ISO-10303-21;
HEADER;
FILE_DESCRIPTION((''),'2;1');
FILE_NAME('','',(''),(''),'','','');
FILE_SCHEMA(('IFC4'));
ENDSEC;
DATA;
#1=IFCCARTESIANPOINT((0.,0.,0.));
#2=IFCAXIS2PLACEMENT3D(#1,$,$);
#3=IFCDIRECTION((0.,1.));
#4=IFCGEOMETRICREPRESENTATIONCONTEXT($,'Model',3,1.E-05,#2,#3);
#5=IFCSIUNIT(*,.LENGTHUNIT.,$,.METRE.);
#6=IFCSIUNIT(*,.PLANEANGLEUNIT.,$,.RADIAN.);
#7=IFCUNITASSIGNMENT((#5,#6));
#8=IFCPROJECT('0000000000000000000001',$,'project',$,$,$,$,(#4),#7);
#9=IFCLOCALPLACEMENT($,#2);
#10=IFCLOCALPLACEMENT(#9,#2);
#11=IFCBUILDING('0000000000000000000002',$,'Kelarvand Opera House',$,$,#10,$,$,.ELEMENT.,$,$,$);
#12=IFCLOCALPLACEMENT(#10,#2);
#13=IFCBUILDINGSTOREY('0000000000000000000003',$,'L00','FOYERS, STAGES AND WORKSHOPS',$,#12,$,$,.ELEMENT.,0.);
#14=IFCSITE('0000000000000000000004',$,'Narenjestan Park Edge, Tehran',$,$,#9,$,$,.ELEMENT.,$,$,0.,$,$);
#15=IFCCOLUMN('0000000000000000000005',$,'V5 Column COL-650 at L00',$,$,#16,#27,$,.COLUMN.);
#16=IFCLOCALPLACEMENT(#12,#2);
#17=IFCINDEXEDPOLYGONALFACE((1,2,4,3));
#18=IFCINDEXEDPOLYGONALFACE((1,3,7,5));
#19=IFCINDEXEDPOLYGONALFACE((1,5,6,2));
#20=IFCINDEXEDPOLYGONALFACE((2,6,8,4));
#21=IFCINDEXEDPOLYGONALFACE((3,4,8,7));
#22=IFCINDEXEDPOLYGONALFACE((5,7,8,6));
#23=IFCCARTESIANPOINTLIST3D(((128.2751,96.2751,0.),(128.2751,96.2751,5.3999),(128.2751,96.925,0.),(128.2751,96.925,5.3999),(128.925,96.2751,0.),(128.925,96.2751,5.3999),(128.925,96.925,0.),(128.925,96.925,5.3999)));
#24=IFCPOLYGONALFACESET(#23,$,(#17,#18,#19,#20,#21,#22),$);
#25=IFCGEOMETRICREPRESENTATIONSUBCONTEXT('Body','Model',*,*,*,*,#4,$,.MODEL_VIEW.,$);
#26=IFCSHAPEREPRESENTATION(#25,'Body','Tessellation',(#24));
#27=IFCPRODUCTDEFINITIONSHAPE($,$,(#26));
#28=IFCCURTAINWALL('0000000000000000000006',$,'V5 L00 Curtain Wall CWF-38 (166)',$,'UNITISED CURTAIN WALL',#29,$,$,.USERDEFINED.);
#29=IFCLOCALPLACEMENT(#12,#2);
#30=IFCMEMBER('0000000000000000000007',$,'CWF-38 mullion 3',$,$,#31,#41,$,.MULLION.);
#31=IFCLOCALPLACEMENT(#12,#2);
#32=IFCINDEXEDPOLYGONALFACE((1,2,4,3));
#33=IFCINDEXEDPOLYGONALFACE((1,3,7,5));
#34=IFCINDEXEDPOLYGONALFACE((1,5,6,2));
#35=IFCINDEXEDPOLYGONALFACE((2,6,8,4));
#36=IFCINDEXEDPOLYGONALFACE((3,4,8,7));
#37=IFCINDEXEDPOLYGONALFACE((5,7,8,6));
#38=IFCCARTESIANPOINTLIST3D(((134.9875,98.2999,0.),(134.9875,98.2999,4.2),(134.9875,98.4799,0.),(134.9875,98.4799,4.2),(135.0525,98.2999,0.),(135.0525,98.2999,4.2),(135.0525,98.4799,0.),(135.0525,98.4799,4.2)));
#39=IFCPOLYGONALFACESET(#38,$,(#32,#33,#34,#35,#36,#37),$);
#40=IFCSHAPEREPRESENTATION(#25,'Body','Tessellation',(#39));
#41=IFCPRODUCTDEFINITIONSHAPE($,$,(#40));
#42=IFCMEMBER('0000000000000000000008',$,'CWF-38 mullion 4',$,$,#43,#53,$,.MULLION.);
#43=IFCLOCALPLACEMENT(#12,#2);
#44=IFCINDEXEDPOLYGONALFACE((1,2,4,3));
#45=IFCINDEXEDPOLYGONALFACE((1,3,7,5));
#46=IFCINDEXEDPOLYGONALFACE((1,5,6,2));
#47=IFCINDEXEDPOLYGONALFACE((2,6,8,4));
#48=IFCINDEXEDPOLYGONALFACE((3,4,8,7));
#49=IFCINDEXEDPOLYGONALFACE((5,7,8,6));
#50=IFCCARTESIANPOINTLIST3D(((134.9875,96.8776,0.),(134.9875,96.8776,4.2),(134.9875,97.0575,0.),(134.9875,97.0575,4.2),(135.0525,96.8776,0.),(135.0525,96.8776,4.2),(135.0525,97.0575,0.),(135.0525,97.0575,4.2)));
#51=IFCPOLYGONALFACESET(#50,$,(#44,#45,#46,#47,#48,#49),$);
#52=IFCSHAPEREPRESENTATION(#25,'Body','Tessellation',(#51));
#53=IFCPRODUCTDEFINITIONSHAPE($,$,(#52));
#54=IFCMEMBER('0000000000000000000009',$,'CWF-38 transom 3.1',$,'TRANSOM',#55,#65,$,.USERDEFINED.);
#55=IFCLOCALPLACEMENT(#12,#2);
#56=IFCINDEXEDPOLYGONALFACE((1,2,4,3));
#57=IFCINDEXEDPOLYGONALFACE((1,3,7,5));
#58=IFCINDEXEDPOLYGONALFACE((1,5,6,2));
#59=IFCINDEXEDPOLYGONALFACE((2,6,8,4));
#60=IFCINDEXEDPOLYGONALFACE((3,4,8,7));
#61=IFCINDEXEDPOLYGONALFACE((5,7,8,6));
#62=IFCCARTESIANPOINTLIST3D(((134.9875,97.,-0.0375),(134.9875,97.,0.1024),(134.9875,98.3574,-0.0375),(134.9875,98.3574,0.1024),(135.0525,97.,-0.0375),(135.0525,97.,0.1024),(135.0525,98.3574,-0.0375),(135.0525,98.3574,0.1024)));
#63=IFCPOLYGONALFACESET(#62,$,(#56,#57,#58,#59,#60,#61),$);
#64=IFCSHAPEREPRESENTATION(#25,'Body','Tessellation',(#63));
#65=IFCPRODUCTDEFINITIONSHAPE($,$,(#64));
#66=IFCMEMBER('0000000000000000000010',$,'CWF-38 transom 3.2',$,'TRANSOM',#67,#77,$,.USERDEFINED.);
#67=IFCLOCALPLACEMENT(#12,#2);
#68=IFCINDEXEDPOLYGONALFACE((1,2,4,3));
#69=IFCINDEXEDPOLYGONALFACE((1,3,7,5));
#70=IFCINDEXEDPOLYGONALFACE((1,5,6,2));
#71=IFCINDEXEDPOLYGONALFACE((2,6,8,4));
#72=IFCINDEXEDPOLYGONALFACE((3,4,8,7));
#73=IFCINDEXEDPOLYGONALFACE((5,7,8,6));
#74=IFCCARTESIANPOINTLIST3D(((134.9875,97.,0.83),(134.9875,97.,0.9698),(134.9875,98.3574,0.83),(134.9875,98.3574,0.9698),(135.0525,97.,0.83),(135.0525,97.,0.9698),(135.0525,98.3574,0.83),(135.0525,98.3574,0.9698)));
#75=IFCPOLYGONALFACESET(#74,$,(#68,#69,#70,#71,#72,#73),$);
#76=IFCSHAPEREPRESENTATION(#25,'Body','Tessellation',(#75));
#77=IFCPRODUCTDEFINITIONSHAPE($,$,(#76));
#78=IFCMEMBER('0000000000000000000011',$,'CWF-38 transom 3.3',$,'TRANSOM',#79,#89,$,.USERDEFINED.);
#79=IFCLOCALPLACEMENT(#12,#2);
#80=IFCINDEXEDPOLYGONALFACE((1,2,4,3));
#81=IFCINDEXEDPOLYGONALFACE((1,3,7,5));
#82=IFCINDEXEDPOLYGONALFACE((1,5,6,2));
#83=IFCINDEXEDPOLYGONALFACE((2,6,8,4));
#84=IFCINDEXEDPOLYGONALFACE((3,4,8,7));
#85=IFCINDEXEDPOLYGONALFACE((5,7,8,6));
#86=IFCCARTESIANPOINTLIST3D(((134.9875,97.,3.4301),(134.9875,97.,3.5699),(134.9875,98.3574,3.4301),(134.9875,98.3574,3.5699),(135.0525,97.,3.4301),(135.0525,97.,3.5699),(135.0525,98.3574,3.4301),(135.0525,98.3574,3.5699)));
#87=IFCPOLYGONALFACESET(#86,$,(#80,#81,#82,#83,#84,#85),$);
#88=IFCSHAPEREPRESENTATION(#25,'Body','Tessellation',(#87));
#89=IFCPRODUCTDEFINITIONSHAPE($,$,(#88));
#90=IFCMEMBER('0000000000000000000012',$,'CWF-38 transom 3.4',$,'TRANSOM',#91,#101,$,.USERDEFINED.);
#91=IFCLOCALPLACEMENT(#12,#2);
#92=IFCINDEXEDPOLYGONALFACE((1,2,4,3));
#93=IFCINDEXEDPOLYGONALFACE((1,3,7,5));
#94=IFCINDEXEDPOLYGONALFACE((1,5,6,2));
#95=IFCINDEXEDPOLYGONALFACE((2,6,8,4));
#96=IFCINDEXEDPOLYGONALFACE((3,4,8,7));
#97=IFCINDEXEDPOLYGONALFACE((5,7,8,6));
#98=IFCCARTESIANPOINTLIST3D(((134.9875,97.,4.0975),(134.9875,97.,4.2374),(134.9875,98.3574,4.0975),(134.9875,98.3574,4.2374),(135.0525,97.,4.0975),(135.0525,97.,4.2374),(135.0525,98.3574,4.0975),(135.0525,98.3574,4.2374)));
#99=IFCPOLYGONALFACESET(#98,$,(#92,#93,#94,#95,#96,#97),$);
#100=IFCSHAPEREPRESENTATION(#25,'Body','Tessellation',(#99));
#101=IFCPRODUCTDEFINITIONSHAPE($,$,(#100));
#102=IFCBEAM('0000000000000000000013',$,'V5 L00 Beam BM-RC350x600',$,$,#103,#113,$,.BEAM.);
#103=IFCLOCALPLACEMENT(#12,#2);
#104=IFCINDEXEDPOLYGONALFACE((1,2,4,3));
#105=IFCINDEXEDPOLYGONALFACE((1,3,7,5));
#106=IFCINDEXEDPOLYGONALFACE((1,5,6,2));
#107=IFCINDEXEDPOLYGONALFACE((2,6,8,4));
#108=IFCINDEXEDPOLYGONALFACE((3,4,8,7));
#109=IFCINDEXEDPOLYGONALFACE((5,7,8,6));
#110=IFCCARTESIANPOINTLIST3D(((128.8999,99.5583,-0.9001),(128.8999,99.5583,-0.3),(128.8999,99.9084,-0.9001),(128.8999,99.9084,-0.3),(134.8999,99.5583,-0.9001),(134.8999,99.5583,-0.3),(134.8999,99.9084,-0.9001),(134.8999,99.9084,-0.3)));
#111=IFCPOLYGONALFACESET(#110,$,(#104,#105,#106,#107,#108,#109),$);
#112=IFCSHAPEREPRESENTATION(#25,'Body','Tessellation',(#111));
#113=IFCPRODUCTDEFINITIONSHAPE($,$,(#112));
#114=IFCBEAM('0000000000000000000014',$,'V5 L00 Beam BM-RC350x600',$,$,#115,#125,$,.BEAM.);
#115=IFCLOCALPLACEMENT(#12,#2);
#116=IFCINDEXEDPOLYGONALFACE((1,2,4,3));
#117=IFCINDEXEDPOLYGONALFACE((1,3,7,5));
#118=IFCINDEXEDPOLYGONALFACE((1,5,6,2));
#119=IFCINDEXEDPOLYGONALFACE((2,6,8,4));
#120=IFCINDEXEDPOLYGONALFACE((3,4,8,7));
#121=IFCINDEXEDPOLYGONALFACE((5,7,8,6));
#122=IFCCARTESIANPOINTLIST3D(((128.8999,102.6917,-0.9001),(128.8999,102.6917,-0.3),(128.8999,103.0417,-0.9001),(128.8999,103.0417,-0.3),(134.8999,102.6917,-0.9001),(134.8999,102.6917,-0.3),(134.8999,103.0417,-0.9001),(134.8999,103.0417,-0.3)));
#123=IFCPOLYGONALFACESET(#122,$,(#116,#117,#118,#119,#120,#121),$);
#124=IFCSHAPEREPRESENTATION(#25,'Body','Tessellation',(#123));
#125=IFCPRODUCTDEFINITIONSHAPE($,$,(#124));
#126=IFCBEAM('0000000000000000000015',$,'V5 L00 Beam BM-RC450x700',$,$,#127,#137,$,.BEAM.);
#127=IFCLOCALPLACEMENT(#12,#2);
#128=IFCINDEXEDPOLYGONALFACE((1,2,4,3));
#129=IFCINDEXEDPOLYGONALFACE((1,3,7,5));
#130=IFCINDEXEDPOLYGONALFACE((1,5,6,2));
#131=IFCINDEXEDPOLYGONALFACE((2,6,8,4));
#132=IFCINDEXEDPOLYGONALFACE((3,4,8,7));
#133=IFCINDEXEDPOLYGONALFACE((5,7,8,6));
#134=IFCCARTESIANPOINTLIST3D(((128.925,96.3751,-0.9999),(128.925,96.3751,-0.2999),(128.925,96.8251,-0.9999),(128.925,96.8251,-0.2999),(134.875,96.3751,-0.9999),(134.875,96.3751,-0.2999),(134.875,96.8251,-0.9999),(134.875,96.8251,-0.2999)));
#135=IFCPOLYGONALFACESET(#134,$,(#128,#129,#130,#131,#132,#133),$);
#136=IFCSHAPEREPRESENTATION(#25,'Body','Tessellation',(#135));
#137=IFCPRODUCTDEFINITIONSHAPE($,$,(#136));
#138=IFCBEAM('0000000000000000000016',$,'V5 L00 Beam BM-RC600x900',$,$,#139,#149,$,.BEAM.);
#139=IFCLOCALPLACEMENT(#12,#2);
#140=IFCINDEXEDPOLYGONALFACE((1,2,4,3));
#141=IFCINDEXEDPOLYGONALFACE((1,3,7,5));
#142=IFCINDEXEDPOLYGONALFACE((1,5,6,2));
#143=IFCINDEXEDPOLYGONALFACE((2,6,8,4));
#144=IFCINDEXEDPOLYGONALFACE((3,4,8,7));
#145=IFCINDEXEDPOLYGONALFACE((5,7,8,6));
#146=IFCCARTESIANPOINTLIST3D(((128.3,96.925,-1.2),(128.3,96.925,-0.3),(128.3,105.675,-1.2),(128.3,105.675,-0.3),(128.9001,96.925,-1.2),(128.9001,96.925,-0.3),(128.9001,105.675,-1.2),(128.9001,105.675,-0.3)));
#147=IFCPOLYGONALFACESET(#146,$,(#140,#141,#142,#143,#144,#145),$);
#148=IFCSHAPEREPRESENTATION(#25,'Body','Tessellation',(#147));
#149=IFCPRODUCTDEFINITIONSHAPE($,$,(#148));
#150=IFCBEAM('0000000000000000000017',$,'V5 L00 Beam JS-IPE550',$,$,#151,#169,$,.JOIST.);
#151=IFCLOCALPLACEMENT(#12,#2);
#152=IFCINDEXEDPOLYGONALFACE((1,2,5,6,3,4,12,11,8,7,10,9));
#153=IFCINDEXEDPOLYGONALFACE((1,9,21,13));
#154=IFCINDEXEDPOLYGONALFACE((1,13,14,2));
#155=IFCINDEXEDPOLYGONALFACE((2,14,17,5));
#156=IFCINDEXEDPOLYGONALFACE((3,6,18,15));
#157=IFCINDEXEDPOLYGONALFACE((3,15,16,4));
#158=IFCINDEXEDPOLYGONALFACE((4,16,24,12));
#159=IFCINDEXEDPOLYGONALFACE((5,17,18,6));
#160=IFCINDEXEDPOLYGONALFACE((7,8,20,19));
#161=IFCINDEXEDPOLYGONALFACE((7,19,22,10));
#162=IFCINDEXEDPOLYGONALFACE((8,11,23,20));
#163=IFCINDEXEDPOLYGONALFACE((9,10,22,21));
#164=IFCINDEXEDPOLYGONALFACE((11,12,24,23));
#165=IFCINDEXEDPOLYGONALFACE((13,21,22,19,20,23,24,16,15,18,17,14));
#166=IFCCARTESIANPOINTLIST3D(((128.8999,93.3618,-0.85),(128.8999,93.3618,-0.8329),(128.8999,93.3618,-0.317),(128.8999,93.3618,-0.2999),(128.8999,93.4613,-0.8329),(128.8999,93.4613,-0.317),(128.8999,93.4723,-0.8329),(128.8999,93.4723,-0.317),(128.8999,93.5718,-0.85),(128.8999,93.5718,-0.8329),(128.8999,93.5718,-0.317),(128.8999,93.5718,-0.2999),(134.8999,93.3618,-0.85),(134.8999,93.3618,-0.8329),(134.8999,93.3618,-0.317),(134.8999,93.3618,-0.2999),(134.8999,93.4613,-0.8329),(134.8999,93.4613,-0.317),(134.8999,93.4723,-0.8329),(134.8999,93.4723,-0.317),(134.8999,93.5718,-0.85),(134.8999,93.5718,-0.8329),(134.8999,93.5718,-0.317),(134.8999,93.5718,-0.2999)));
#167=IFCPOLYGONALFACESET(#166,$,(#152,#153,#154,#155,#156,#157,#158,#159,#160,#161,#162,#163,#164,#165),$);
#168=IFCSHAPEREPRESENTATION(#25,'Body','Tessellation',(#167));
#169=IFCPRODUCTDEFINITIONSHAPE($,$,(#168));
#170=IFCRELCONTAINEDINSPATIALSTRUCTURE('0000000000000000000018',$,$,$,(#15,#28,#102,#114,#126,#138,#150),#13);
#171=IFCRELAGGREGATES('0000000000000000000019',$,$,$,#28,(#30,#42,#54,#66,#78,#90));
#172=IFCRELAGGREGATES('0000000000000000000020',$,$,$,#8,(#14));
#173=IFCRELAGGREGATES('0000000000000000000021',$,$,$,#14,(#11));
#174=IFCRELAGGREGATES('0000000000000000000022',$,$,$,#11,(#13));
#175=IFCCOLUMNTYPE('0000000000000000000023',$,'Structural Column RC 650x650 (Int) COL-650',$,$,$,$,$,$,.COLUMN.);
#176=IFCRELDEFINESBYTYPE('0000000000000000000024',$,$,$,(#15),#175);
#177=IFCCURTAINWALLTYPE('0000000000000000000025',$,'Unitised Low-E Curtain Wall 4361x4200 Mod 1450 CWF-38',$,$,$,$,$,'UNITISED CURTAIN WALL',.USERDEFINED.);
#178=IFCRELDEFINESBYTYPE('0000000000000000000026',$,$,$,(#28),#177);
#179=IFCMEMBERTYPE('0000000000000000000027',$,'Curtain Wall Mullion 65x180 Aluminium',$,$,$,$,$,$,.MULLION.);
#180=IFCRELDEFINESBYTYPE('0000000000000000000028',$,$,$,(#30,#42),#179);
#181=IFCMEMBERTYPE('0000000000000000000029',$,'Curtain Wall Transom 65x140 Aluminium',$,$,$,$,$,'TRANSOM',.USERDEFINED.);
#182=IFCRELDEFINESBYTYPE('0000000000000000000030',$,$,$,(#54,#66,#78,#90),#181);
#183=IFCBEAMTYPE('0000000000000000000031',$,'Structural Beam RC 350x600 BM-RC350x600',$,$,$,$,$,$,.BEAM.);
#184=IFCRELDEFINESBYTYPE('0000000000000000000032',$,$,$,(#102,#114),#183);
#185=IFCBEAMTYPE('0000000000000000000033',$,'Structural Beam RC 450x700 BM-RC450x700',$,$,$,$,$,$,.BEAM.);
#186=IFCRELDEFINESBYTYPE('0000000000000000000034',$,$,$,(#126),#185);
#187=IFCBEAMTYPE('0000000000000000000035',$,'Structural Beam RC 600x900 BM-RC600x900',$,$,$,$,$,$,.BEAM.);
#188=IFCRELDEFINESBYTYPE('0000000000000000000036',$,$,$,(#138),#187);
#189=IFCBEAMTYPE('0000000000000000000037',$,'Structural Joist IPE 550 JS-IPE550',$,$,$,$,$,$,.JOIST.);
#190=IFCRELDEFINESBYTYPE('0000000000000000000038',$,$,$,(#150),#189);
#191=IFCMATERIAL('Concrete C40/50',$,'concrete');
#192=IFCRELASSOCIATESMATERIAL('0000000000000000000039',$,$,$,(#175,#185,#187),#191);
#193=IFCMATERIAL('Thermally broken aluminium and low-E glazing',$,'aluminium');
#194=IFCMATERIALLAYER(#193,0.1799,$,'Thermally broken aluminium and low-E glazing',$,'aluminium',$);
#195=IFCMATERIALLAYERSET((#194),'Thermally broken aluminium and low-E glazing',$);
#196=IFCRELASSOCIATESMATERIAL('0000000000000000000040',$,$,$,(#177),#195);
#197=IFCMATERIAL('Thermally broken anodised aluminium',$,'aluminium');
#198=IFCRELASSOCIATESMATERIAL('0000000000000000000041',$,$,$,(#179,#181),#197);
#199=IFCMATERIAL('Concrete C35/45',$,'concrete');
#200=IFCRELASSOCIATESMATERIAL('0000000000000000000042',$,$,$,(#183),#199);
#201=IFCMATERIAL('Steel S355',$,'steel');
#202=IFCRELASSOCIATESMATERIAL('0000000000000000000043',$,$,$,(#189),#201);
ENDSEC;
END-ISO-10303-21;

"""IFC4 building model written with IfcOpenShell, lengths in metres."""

from ifc_helpers import new_model, si_unit, direction, frame, origin, origin_2d, place, context, subcontext, project, spatial, rectangle, i_section, extrude, material, layer, layer_set, material_profile, profile_set, type_object, element, aggregate, save


model = new_model("IFC4")

# Units and contexts
model_context = context("Model", 3, precision=1e-05, world=origin(), true_north=direction((0.0, 1.0)))
body_context = subcontext(model_context, "Body", "Model", "MODEL_VIEW")
ifc_project = project(units=[si_unit("LENGTHUNIT", "METRE"), si_unit("PLANEANGLEUNIT", "RADIAN")], contexts=[model_context])

# Site, building, storey
site_placement = place(None, origin())
site = spatial("IfcSite", under=ifc_project, at=site_placement, Name="Narenjestan Park Edge, Tehran", CompositionType="ELEMENT", RefElevation=0.0)
building_placement = place(site_placement, origin())
building = spatial("IfcBuilding", under=site, at=building_placement, Name="Kelarvand Opera House", CompositionType="ELEMENT")
storey_placement = place(building_placement, origin())
storey = spatial("IfcBuildingStorey", under=building, at=storey_placement, Name="L00", Description="FOYERS, STAGES AND WORKSHOPS", CompositionType="ELEMENT", Elevation=0.0)

# Column
ifc_material_1 = material(Name="Concrete C40/50", Category="concrete")
ifc_material_profile_1 = material_profile(ifc_material_1, rectangle(XDim=0.6499, YDim=0.6499, at=origin_2d()), Name="RC 650x650", Category="concrete")
ifc_profile_set_1 = profile_set([ifc_material_profile_1], Name="Concrete C40/50")
column_type = type_object("IfcColumnType", Name="Structural Column RC 650x650 (Int) COL-650", PredefinedType="COLUMN", material=ifc_profile_set_1)
column_placement = place(storey_placement, frame((128.6001, 96.6001, 0.0), z_axis=(0.0, 0.0, 1.0), x_axis=(1.0, 0.0, 0.0)))
element("IfcColumn", 1, at=column_placement, inside=storey, type_object=column_type, Name="V5 Column COL-650 at L00", PredefinedType="COLUMN", context=body_context, shape_type="SweptSolid", body=[
    extrude(rectangle(XDim=0.6499, YDim=0.6499, at=origin_2d()), origin(), (0.0, 0.0, 1.0), 5.3999),
])

# Curtain wall, members
ifc_material_2 = material(Name="Thermally broken aluminium and low-E glazing", Category="aluminium")
ifc_layer_1 = layer(ifc_material_2, 0.1799, Name="Thermally broken aluminium and low-E glazing", Category="aluminium")
ifc_layer_set_1 = layer_set([ifc_layer_1], Name="Thermally broken aluminium and low-E glazing")
curtain_wall_type = type_object("IfcCurtainWallType", Name="Unitised Low-E Curtain Wall 4361x4200 Mod 1450 CWF-38", ElementType="UNITISED CURTAIN WALL", PredefinedType="USERDEFINED", material=ifc_layer_set_1)
curtain_wall_placement = place(storey_placement, origin())
curtain_wall = element("IfcCurtainWall", 2, at=curtain_wall_placement, inside=storey, type_object=curtain_wall_type, Name="V5 L00 Curtain Wall CWF-38 (166)", ObjectType="UNITISED CURTAIN WALL", PredefinedType="USERDEFINED")
ifc_material_3 = material(Name="Thermally broken anodised aluminium", Category="aluminium")
ifc_material_profile_2 = material_profile(ifc_material_3, rectangle(XDim=0.0649, YDim=0.1799, at=origin_2d()), Name="ALU MULLION 65x180", Category="aluminium")
ifc_profile_set_2 = profile_set([ifc_material_profile_2], Name="Thermally broken anodised aluminium")
member_type_1 = type_object("IfcMemberType", Name="Curtain Wall Mullion 65x180 Aluminium", PredefinedType="MULLION", material=ifc_profile_set_2)
member_1_placement = place(storey_placement, frame((135.02, 98.3899, 0.0), z_axis=(0.0, 0.0, 1.0), x_axis=(1.0, 0.0, 0.0)))
member_1 = element("IfcMember", 3, at=member_1_placement, type_object=member_type_1, Name="CWF-38 mullion 3", PredefinedType="MULLION", context=body_context, shape_type="SweptSolid", body=[
    extrude(rectangle(XDim=0.0649, YDim=0.1799, at=origin_2d()), origin(), (0.0, 0.0, 1.0), 4.2),
])
member_2_placement = place(storey_placement, frame((135.02, 96.9675, 0.0), z_axis=(0.0, 0.0, 1.0), x_axis=(1.0, 0.0, 0.0)))
member_2 = element("IfcMember", 4, at=member_2_placement, type_object=member_type_1, Name="CWF-38 mullion 4", PredefinedType="MULLION", context=body_context, shape_type="SweptSolid", body=[
    extrude(rectangle(XDim=0.0649, YDim=0.1799, at=origin_2d()), origin(), (0.0, 0.0, 1.0), 4.2),
])
ifc_material_profile_3 = material_profile(ifc_material_3, rectangle(XDim=0.0649, YDim=0.1399, at=origin_2d()), Name="ALU TRANSOM 65x140", Category="aluminium")
ifc_profile_set_3 = profile_set([ifc_material_profile_3], Name="Thermally broken anodised aluminium")
member_type_2 = type_object("IfcMemberType", Name="Curtain Wall Transom 65x140 Aluminium", ElementType="TRANSOM", PredefinedType="USERDEFINED", material=ifc_profile_set_3)
member_3_placement = place(storey_placement, frame((135.02, 98.3574, 0.0325), z_axis=(0.0, -1.0, 0.0), x_axis=(1.0, 0.0, 0.0)))
member_3 = element("IfcMember", 5, at=member_3_placement, type_object=member_type_2, Name="CWF-38 transom 3.1", ObjectType="TRANSOM", PredefinedType="USERDEFINED", context=body_context, shape_type="SweptSolid", body=[
    extrude(rectangle(XDim=0.0649, YDim=0.1399, at=origin_2d()), origin(), (0.0, 0.0, 1.0), 1.3574),
])
member_4_placement = place(storey_placement, frame((135.02, 98.3574, 0.8999), z_axis=(0.0, -1.0, 0.0), x_axis=(1.0, 0.0, 0.0)))
member_4 = element("IfcMember", 6, at=member_4_placement, type_object=member_type_2, Name="CWF-38 transom 3.2", ObjectType="TRANSOM", PredefinedType="USERDEFINED", context=body_context, shape_type="SweptSolid", body=[
    extrude(rectangle(XDim=0.0649, YDim=0.1399, at=origin_2d()), origin(), (0.0, 0.0, 1.0), 1.3574),
])
member_5_placement = place(storey_placement, frame((135.02, 98.3574, 3.5), z_axis=(0.0, -1.0, 0.0), x_axis=(1.0, 0.0, 0.0)))
member_5 = element("IfcMember", 7, at=member_5_placement, type_object=member_type_2, Name="CWF-38 transom 3.3", ObjectType="TRANSOM", PredefinedType="USERDEFINED", context=body_context, shape_type="SweptSolid", body=[
    extrude(rectangle(XDim=0.0649, YDim=0.1399, at=origin_2d()), origin(), (0.0, 0.0, 1.0), 1.3574),
])
member_6_placement = place(storey_placement, frame((135.02, 98.3574, 4.1675), z_axis=(0.0, -1.0, 0.0), x_axis=(1.0, 0.0, 0.0)))
member_6 = element("IfcMember", 8, at=member_6_placement, type_object=member_type_2, Name="CWF-38 transom 3.4", ObjectType="TRANSOM", PredefinedType="USERDEFINED", context=body_context, shape_type="SweptSolid", body=[
    extrude(rectangle(XDim=0.0649, YDim=0.1399, at=origin_2d()), origin(), (0.0, 0.0, 1.0), 1.3574),
])

# Beams
ifc_material_4 = material(Name="Concrete C35/45", Category="concrete")
ifc_material_profile_4 = material_profile(ifc_material_4, rectangle(XDim=0.3501, YDim=0.6001, at=origin_2d()), Name="RC 350x600", Category="concrete")
ifc_profile_set_4 = profile_set([ifc_material_profile_4], Name="Concrete C35/45")
beam_type_1 = type_object("IfcBeamType", Name="Structural Beam RC 350x600 BM-RC350x600", PredefinedType="BEAM", material=ifc_profile_set_4)
for number, where, z_axis, x_axis, name in (
    (9, (128.8999, 99.7334, -0.6001), (1.0, 0.0, 0.0), (0.0, 1.0, 0.0), "V5 L00 Beam BM-RC350x600"),
    (10, (128.8999, 102.8667, -0.6001), (1.0, 0.0, 0.0), (0.0, 1.0, 0.0), "V5 L00 Beam BM-RC350x600"),
):
    element("IfcBeam", number, at=place(storey_placement, frame(where, z_axis=z_axis, x_axis=x_axis)), inside=storey, type_object=beam_type_1, Name=name, PredefinedType="BEAM", context=body_context, shape_type="SweptSolid", body=[
        extrude(rectangle(XDim=0.3501, YDim=0.6001, at=origin_2d()), origin(), (0.0, 0.0, 1.0), 6.0),
    ])
ifc_material_profile_5 = material_profile(ifc_material_1, rectangle(XDim=0.45, YDim=0.7, at=origin_2d()), Name="RC 450x700", Category="concrete")
ifc_profile_set_5 = profile_set([ifc_material_profile_5], Name="Concrete C40/50")
beam_type_2 = type_object("IfcBeamType", Name="Structural Beam RC 450x700 BM-RC450x700", PredefinedType="BEAM", material=ifc_profile_set_5)
beam_1_placement = place(storey_placement, frame((128.925, 96.6001, -0.6499), z_axis=(1.0, 0.0, 0.0), x_axis=(0.0, 1.0, 0.0)))
element("IfcBeam", 11, at=beam_1_placement, inside=storey, type_object=beam_type_2, Name="V5 L00 Beam BM-RC450x700", PredefinedType="BEAM", context=body_context, shape_type="SweptSolid", body=[
    extrude(rectangle(XDim=0.45, YDim=0.7, at=origin_2d()), origin(), (0.0, 0.0, 1.0), 5.95),
])
ifc_material_profile_6 = material_profile(ifc_material_1, rectangle(XDim=0.6001, YDim=0.8999, at=origin_2d()), Name="RC 600x900", Category="concrete")
ifc_profile_set_6 = profile_set([ifc_material_profile_6], Name="Concrete C40/50")
beam_type_3 = type_object("IfcBeamType", Name="Structural Beam RC 600x900 BM-RC600x900", PredefinedType="BEAM", material=ifc_profile_set_6)
beam_2_placement = place(storey_placement, frame((128.6001, 96.925, -0.75), z_axis=(0.0, 1.0, 0.0), x_axis=(-1.0, 0.0, 0.0)))
element("IfcBeam", 12, at=beam_2_placement, inside=storey, type_object=beam_type_3, Name="V5 L00 Beam BM-RC600x900", PredefinedType="BEAM", context=body_context, shape_type="SweptSolid", body=[
    extrude(rectangle(XDim=0.6001, YDim=0.8999, at=origin_2d()), origin(), (0.0, 0.0, 1.0), 8.75),
])
ifc_material_5 = material(Name="Steel S355", Category="steel")
ifc_material_profile_7 = material_profile(ifc_material_5, i_section(OverallWidth=0.21, OverallDepth=0.55, WebThickness=0.011, FlangeThickness=0.0171, at=origin_2d()), Name="IPE 550", Category="steel")
ifc_profile_set_7 = profile_set([ifc_material_profile_7], Name="Steel S355")
beam_type_4 = type_object("IfcBeamType", Name="Structural Joist IPE 550 JS-IPE550", PredefinedType="JOIST", material=ifc_profile_set_7)
beam_3_placement = place(storey_placement, frame((128.8999, 93.4668, -0.575), z_axis=(1.0, 0.0, 0.0), x_axis=(0.0, 1.0, 0.0)))
element("IfcBeam", 13, at=beam_3_placement, inside=storey, type_object=beam_type_4, Name="V5 L00 Beam JS-IPE550", PredefinedType="JOIST", context=body_context, shape_type="SweptSolid", body=[
    extrude(i_section(OverallWidth=0.21, OverallDepth=0.55, WebThickness=0.011, FlangeThickness=0.0171, at=origin_2d()), origin(), (0.0, 0.0, 1.0), 6.0),
])

aggregate(curtain_wall, [member_1, member_2, member_3, member_4, member_5, member_6])

save(model, "model.ifc")
